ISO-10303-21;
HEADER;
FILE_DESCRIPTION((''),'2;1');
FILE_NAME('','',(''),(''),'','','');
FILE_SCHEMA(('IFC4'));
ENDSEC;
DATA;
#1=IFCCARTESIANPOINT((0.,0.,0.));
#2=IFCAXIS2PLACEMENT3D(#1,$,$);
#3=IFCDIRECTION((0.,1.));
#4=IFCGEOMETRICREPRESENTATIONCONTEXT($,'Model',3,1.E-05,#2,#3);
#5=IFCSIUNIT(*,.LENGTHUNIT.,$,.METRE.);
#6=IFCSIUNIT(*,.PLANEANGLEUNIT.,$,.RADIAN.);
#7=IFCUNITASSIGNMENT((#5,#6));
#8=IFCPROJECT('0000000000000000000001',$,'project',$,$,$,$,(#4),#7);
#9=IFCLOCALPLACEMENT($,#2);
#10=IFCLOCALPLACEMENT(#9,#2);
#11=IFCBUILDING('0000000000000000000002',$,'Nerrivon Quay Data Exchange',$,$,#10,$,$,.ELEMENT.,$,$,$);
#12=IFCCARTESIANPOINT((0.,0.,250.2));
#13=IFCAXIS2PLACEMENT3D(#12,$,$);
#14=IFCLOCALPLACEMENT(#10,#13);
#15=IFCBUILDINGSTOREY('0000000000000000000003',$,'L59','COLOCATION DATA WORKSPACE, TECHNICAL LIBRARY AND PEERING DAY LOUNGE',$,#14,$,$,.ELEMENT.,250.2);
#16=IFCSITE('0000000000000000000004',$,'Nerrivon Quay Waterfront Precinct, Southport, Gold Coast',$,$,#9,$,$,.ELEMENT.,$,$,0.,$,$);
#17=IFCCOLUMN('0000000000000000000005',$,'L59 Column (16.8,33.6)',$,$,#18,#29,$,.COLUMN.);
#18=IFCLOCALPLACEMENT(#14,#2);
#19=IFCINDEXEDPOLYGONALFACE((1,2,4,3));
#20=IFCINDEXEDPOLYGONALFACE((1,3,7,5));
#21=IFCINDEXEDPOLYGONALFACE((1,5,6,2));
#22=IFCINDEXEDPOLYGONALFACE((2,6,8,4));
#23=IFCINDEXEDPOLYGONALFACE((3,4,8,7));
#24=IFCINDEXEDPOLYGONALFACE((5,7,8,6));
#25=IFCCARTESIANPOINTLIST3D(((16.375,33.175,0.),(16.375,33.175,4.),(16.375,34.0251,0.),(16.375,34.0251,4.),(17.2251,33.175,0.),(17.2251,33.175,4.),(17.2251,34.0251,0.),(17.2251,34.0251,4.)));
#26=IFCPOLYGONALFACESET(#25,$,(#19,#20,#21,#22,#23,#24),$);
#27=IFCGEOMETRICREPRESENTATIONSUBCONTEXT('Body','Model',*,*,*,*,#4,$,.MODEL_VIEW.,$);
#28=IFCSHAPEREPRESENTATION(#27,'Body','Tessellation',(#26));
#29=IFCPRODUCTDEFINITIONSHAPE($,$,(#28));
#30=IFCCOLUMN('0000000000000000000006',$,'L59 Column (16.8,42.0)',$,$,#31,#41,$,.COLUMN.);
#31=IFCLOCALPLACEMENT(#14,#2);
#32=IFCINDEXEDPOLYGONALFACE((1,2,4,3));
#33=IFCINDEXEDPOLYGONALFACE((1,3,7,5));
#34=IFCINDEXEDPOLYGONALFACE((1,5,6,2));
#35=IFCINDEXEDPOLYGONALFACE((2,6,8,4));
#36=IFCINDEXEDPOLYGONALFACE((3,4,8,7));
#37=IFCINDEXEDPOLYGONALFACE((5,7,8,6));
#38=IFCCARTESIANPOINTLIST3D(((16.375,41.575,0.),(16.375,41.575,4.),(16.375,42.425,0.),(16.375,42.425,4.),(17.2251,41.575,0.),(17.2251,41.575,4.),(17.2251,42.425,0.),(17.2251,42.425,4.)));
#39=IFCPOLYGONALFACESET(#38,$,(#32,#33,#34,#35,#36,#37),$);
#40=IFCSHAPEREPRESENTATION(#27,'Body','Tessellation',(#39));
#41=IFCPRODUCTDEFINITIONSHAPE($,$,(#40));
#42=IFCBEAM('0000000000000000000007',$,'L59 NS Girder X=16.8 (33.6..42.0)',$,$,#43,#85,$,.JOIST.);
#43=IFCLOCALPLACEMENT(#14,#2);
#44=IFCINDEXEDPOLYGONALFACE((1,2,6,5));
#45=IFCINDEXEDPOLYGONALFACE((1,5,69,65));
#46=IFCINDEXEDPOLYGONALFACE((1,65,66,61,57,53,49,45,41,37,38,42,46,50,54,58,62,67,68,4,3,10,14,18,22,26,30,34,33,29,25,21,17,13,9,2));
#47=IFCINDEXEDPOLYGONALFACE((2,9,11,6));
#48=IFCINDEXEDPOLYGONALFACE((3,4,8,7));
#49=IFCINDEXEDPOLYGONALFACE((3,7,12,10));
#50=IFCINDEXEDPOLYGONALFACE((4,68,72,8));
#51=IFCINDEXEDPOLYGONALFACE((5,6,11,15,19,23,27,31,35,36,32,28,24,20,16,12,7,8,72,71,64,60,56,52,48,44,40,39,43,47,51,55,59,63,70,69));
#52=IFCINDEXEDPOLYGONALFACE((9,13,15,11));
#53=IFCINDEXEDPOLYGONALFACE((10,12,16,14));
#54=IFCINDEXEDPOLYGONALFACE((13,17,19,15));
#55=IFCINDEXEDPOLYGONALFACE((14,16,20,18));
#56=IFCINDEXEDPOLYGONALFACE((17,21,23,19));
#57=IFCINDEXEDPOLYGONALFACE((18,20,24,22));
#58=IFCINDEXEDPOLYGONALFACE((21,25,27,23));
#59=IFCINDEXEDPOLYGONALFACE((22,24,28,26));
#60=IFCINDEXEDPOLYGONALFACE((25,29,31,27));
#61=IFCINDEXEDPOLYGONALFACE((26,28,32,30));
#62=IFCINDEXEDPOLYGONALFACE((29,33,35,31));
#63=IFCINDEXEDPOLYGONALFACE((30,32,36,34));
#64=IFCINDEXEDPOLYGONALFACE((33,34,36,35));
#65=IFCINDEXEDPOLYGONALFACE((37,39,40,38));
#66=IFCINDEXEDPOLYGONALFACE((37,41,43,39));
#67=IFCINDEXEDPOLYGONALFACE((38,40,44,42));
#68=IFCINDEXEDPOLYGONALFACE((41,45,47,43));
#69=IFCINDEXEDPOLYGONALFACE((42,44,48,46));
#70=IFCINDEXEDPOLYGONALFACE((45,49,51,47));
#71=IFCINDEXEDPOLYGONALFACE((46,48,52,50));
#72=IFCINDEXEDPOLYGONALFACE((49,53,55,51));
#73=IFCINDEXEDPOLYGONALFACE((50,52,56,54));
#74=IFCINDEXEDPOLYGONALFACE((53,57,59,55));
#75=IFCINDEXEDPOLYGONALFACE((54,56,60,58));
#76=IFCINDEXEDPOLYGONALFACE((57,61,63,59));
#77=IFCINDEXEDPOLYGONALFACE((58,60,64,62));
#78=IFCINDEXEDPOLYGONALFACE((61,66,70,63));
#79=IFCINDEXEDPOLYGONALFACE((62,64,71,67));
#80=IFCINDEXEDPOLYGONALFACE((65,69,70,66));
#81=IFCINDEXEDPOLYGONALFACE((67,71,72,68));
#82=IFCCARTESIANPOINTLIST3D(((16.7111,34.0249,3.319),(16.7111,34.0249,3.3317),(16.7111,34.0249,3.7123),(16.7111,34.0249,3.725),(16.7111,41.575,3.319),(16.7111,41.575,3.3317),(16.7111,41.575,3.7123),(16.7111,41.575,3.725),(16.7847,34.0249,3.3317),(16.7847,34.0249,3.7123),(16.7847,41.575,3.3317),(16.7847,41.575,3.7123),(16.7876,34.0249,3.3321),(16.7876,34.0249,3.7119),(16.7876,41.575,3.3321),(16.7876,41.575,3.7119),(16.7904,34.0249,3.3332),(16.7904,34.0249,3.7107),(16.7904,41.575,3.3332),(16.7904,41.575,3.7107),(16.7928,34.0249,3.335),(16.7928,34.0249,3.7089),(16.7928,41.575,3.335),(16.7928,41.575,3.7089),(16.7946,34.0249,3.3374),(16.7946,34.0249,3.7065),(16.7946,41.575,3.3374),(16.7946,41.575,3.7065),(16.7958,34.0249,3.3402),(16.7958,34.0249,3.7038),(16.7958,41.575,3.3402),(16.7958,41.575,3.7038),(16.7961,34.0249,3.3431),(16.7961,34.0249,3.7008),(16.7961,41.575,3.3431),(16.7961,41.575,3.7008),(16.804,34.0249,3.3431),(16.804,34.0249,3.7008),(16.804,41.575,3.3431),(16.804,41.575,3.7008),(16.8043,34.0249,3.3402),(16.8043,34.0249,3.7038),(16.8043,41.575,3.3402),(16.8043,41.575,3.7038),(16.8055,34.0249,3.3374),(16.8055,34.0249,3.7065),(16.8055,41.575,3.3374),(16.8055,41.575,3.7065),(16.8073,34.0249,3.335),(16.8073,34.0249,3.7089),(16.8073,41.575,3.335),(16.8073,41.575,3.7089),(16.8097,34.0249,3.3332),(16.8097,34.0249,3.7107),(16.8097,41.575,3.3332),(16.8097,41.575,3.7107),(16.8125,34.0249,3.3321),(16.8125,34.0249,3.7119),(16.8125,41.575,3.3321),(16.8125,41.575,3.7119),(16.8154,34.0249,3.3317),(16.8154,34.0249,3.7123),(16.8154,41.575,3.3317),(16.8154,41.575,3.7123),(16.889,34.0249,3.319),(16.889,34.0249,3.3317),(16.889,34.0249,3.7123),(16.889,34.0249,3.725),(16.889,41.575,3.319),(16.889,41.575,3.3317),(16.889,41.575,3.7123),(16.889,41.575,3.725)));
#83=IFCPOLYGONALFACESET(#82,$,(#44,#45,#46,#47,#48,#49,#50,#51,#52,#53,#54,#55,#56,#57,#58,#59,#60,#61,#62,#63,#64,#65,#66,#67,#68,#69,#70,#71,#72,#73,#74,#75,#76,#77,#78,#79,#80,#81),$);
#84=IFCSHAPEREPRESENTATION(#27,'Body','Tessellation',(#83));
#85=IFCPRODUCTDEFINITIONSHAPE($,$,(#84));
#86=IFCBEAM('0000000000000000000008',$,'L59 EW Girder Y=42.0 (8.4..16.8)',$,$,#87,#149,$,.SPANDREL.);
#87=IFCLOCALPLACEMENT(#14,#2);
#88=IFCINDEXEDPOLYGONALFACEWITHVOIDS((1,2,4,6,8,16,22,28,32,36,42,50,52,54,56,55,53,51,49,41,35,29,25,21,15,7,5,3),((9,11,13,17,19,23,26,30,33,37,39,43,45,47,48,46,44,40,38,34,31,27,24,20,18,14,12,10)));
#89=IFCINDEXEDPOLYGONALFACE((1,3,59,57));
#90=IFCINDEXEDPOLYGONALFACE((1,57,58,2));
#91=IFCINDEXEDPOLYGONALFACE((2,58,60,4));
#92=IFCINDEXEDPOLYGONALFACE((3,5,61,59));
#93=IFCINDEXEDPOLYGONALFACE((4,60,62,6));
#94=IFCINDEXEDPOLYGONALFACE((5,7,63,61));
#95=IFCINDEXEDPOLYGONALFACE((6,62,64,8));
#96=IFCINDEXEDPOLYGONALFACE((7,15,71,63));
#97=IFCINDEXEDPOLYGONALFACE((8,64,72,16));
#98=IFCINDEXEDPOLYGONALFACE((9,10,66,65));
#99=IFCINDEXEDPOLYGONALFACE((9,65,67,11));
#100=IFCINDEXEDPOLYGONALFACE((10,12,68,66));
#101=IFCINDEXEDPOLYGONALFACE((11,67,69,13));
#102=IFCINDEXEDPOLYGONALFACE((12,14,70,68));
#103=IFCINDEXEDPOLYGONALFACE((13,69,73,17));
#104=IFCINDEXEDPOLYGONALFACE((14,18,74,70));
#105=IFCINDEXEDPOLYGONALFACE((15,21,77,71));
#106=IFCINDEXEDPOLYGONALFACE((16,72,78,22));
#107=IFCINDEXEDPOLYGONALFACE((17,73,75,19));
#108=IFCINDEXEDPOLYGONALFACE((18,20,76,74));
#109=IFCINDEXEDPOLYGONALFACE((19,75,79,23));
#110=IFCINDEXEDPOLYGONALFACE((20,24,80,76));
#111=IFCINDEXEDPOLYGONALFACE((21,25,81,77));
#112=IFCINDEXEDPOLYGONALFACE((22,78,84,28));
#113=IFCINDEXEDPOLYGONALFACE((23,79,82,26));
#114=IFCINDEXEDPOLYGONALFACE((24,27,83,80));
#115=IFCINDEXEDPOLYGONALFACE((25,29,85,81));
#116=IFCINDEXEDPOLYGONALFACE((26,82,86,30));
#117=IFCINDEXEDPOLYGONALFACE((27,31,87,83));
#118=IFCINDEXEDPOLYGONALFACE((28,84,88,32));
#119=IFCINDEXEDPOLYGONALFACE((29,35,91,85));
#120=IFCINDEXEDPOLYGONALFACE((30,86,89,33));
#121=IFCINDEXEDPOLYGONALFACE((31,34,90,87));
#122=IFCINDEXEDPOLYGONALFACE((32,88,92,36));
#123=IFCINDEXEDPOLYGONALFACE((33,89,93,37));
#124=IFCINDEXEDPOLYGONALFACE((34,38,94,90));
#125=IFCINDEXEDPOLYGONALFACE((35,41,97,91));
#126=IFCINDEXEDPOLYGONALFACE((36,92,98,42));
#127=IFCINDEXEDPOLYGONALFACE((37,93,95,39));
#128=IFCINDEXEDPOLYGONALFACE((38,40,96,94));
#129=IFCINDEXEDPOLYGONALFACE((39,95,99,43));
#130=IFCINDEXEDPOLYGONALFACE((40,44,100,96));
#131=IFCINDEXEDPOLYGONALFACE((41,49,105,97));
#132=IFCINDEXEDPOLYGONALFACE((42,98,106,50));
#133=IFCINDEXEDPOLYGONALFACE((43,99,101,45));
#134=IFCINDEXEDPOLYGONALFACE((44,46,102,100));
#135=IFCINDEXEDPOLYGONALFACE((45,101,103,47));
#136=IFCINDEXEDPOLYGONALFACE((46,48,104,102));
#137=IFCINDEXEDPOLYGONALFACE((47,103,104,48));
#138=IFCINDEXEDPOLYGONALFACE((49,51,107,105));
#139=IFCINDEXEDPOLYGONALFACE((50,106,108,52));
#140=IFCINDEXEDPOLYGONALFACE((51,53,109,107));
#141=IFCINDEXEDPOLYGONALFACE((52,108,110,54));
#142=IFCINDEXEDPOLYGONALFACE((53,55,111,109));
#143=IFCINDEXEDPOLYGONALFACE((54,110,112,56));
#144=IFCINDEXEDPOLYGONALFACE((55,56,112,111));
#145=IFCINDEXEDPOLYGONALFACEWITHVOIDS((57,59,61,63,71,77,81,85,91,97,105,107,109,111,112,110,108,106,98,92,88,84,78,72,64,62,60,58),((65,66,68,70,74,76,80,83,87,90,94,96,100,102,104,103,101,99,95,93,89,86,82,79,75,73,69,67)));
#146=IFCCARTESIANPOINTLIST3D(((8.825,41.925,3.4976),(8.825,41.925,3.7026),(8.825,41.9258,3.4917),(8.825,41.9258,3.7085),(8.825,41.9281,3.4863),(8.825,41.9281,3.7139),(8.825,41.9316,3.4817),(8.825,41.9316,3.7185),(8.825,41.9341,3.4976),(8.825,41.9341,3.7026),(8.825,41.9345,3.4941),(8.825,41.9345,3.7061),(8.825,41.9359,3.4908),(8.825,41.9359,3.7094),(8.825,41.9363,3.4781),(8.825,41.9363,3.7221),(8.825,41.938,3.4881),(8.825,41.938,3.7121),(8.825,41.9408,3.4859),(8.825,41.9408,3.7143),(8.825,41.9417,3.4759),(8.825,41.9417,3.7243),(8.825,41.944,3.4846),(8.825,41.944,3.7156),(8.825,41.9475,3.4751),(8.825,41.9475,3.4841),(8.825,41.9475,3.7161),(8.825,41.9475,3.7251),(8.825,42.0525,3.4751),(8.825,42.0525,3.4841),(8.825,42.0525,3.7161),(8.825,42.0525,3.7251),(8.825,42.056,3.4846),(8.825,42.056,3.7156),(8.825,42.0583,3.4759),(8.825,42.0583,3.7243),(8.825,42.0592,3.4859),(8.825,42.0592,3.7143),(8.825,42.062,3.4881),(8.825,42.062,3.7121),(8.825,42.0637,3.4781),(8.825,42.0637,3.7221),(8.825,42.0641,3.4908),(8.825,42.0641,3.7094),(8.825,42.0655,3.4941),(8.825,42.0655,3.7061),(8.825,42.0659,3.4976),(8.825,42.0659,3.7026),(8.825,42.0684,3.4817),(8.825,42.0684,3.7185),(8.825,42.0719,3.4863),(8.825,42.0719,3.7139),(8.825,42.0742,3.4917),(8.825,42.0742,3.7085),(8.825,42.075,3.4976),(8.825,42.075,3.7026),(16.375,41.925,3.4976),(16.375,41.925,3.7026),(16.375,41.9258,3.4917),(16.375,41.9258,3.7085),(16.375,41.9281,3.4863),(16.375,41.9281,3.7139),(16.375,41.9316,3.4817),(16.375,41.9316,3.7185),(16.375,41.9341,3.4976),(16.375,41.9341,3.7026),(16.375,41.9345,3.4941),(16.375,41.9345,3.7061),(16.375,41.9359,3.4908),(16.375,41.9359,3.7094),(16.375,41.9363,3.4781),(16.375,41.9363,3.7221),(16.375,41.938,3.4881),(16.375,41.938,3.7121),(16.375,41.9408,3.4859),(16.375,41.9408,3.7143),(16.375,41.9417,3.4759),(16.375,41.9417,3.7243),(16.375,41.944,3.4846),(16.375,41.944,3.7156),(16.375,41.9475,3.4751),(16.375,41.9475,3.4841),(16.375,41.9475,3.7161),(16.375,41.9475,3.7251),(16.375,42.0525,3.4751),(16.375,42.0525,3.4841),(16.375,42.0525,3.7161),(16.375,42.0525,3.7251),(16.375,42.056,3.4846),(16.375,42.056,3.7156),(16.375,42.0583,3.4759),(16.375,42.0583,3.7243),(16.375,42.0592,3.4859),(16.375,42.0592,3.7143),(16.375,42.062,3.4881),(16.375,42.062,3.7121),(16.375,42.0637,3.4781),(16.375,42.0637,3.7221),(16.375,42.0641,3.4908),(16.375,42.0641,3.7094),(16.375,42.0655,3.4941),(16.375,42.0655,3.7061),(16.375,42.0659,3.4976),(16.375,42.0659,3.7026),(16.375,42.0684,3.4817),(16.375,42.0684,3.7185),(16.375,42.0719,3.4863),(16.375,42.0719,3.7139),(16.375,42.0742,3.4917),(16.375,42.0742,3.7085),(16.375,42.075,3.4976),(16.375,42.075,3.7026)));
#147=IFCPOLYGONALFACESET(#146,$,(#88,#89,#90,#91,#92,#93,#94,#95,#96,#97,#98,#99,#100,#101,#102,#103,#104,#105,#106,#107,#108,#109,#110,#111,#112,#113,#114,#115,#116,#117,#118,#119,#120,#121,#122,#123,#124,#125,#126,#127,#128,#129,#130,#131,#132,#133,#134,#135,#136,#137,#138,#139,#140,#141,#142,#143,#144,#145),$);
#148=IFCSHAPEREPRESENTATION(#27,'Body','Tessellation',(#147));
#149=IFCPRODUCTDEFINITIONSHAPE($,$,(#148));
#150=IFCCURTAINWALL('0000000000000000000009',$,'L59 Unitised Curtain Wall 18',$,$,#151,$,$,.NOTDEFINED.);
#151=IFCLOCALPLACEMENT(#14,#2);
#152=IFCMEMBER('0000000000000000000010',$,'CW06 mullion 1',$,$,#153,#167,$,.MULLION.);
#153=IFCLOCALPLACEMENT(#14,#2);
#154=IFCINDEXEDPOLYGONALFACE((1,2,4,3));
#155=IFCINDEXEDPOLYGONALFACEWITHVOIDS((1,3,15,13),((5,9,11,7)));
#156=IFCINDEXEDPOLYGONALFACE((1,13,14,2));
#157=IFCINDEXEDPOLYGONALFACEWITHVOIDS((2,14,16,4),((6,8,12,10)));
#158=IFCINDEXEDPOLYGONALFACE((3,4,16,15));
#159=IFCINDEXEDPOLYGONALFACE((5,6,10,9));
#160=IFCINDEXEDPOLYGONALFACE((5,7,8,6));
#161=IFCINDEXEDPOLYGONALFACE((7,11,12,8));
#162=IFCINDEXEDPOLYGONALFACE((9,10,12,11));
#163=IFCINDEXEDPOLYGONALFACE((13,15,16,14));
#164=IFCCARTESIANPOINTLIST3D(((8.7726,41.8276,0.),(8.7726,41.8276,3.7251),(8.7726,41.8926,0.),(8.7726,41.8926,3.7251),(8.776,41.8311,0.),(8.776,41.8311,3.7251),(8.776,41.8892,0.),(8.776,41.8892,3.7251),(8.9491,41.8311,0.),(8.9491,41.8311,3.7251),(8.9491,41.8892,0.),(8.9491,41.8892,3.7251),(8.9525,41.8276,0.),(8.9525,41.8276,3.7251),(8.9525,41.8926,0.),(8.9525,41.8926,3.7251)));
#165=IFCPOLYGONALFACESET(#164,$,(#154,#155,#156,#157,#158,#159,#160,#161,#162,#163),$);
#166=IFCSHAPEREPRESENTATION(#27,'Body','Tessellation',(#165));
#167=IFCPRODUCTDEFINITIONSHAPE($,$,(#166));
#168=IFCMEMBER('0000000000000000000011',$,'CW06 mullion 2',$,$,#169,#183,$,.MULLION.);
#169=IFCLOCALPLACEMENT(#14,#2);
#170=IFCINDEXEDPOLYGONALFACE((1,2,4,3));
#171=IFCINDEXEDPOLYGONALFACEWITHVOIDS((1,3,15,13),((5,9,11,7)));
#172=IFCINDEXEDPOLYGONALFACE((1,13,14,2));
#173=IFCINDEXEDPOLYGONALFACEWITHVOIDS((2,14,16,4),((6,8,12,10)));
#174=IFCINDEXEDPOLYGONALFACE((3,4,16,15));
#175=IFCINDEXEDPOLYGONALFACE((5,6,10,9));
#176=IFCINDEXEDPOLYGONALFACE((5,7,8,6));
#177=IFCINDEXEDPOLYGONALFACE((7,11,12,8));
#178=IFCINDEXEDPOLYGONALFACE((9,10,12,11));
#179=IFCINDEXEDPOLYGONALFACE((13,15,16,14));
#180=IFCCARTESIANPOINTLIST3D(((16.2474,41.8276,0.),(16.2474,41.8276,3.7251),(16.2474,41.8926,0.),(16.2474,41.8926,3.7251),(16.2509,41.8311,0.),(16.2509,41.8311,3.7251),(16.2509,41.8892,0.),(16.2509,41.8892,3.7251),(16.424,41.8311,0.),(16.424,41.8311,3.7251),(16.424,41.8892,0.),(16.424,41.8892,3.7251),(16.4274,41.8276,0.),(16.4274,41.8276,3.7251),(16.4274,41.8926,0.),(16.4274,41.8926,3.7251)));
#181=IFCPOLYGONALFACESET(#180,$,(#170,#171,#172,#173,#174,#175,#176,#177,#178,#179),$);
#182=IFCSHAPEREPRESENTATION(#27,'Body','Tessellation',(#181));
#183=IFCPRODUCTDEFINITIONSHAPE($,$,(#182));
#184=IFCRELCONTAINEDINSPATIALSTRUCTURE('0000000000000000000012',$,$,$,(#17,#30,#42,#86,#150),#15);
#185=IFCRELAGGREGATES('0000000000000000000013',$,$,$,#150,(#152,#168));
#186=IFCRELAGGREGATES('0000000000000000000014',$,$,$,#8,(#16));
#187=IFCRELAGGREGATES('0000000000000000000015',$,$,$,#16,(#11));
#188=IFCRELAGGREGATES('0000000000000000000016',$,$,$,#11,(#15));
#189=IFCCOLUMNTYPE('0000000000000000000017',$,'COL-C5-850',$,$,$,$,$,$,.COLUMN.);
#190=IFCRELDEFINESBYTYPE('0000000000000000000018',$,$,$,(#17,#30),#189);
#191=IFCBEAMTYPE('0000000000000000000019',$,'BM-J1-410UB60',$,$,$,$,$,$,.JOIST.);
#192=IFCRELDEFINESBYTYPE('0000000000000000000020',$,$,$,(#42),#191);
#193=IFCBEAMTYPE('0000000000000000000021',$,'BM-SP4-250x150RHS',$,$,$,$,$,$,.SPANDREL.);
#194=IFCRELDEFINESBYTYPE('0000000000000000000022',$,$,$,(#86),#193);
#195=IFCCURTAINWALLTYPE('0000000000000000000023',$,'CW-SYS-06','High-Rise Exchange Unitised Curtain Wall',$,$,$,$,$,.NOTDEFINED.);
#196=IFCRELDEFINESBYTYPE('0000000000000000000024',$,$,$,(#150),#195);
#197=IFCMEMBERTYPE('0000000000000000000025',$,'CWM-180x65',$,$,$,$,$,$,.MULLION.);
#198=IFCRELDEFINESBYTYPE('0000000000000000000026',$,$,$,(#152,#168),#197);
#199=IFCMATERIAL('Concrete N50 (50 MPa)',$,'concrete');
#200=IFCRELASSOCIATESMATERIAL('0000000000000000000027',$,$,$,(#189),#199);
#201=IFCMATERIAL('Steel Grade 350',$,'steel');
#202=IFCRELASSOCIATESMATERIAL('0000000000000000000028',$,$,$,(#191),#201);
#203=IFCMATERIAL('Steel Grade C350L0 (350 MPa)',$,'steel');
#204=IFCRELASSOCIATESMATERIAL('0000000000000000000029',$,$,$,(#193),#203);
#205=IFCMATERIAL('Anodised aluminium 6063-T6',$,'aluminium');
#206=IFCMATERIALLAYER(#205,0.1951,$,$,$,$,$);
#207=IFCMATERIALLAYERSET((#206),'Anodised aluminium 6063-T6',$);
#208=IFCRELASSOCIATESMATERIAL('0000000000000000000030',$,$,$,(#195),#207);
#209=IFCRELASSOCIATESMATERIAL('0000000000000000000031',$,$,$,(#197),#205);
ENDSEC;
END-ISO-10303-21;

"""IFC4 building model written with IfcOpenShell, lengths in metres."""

from ifc_helpers import new_model, si_unit, direction, frame, origin, origin_2d, place, context, subcontext, project, spatial, rectangle, hollow_rectangle, i_section, extrude, material, layer, layer_set, material_profile, profile_set, type_object, element, aggregate, save


model = new_model("IFC4")

# Units and contexts
model_context = context("Model", 3, precision=1e-05, world=origin(), true_north=direction((0.0, 1.0)))
body_context = subcontext(model_context, "Body", "Model", "MODEL_VIEW")
ifc_project = project(units=[si_unit("LENGTHUNIT", "METRE"), si_unit("PLANEANGLEUNIT", "RADIAN")], contexts=[model_context])

# Site, building, storey
site_placement = place(None, origin())
site = spatial("IfcSite", under=ifc_project, at=site_placement, Name="Nerrivon Quay Waterfront Precinct, Southport, Gold Coast", CompositionType="ELEMENT", RefElevation=0.0)
building_placement = place(site_placement, origin())
building = spatial("IfcBuilding", under=site, at=building_placement, Name="Nerrivon Quay Data Exchange", CompositionType="ELEMENT")
storey_placement = place(building_placement, frame((0.0, 0.0, 250.2)))
storey = spatial("IfcBuildingStorey", under=building, at=storey_placement, Name="L59", Description="COLOCATION DATA WORKSPACE, TECHNICAL LIBRARY AND PEERING DAY LOUNGE", CompositionType="ELEMENT", Elevation=250.2)

# Columns
ifc_material_1 = material(Name="Concrete N50 (50 MPa)", Category="concrete")
ifc_material_profile_1 = material_profile(ifc_material_1, rectangle(XDim=0.8501, YDim=0.8501, at=origin_2d()), Name="RC-COL-850x850")
ifc_profile_set_1 = profile_set([ifc_material_profile_1], Name="Concrete N50 (50 MPa)")
column_type = type_object("IfcColumnType", Name="COL-C5-850", PredefinedType="COLUMN", material=ifc_profile_set_1)
for number, where, z_axis, x_axis, name in (
    (1, (16.8, 33.6001, 0.0), (0.0, 0.0, 1.0), (1.0, 0.0, 0.0), "L59 Column (16.8,33.6)"),
    (2, (16.8, 42.0, 0.0), (0.0, 0.0, 1.0), (1.0, 0.0, 0.0), "L59 Column (16.8,42.0)"),
):
    element("IfcColumn", number, at=place(storey_placement, frame(where, z_axis=z_axis, x_axis=x_axis)), inside=storey, type_object=column_type, Name=name, PredefinedType="COLUMN", context=body_context, shape_type="SweptSolid", body=[
        extrude(rectangle(XDim=0.8501, YDim=0.8501, at=origin_2d()), origin(), (0.0, 0.0, 1.0), 4.0),
    ])

# Beams
ifc_material_2 = material(Name="Steel Grade 350", Category="steel")
ifc_material_profile_2 = material_profile(ifc_material_2, i_section(OverallWidth=0.178, OverallDepth=0.406, WebThickness=0.0078, FlangeThickness=0.0127, FilletRadius=0.0115, at=origin_2d()), Name="410UB59.7")
ifc_profile_set_2 = profile_set([ifc_material_profile_2], Name="Steel Grade 350")
beam_type_1 = type_object("IfcBeamType", Name="BM-J1-410UB60", PredefinedType="JOIST", material=ifc_profile_set_2)
beam_1_placement = place(storey_placement, frame((16.8, 34.0249, 3.522), z_axis=(0.0, 1.0, 0.0), x_axis=(-1.0, 0.0, 0.0)))
element("IfcBeam", 3, at=beam_1_placement, inside=storey, type_object=beam_type_1, Name="L59 NS Girder X=16.8 (33.6..42.0)", PredefinedType="JOIST", context=body_context, shape_type="SweptSolid", body=[
    extrude(i_section(OverallWidth=0.178, OverallDepth=0.406, WebThickness=0.0078, FlangeThickness=0.0127, FilletRadius=0.0115, at=origin_2d()), origin(), (0.0, 0.0, 1.0), 7.55),
])
ifc_material_3 = material(Name="Steel Grade C350L0 (350 MPa)", Category="steel")
ifc_material_profile_3 = material_profile(ifc_material_3, hollow_rectangle(XDim=0.1499, YDim=0.25, WallThickness=0.009, InnerFilletRadius=0.0134, OuterFilletRadius=0.0225, at=origin_2d()), Name="250x150x9.0RHS")
ifc_profile_set_3 = profile_set([ifc_material_profile_3], Name="Steel Grade C350L0 (350 MPa)")
beam_type_2 = type_object("IfcBeamType", Name="BM-SP4-250x150RHS", PredefinedType="SPANDREL", material=ifc_profile_set_3)
beam_2_placement = place(storey_placement, frame((8.825, 42.0, 3.6001), z_axis=(1.0, 0.0, 0.0), x_axis=(0.0, 1.0, 0.0)))
element("IfcBeam", 4, at=beam_2_placement, inside=storey, type_object=beam_type_2, Name="L59 EW Girder Y=42.0 (8.4..16.8)", PredefinedType="SPANDREL", context=body_context, shape_type="SweptSolid", body=[
    extrude(hollow_rectangle(XDim=0.1499, YDim=0.25, WallThickness=0.009, InnerFilletRadius=0.0134, OuterFilletRadius=0.0225, at=origin_2d()), origin(), (0.0, 0.0, 1.0), 7.55),
])

# Curtain wall, members
ifc_material_4 = material(Name="Anodised aluminium 6063-T6", Category="aluminium")
ifc_layer_1 = layer(ifc_material_4, 0.1951)
ifc_layer_set_1 = layer_set([ifc_layer_1], Name="Anodised aluminium 6063-T6")
curtain_wall_type = type_object("IfcCurtainWallType", Name="CW-SYS-06", Description="High-Rise Exchange Unitised Curtain Wall", PredefinedType="NOTDEFINED", material=ifc_layer_set_1)
curtain_wall_placement = place(storey_placement, origin())
curtain_wall = element("IfcCurtainWall", 5, at=curtain_wall_placement, inside=storey, type_object=curtain_wall_type, Name="L59 Unitised Curtain Wall 18", PredefinedType="NOTDEFINED")
ifc_material_profile_4 = material_profile(ifc_material_4, hollow_rectangle(XDim=0.0649, YDim=0.1799, WallThickness=0.0034, at=origin_2d()), Name="ALU-MULL-180x65")
ifc_profile_set_4 = profile_set([ifc_material_profile_4], Name="Anodised aluminium 6063-T6")
member_type_1 = type_object("IfcMemberType", Name="CWM-180x65", PredefinedType="MULLION", material=ifc_profile_set_4)
member_1_placement = place(storey_placement, frame((8.8625, 41.8601, 0.0), z_axis=(0.0, 0.0, 1.0), x_axis=(0.0, 1.0, 0.0)))
member_1 = element("IfcMember", 6, at=member_1_placement, type_object=member_type_1, Name="CW06 mullion 1", PredefinedType="MULLION", context=body_context, shape_type="SweptSolid", body=[
    extrude(hollow_rectangle(XDim=0.0649, YDim=0.1799, WallThickness=0.0034, at=origin_2d()), origin(), (0.0, 0.0, 1.0), 3.7251),
])
member_2_placement = place(storey_placement, frame((16.3374, 41.8601, 0.0), z_axis=(0.0, 0.0, 1.0), x_axis=(0.0, 1.0, 0.0)))
member_2 = element("IfcMember", 7, at=member_2_placement, type_object=member_type_1, Name="CW06 mullion 2", PredefinedType="MULLION", context=body_context, shape_type="SweptSolid", body=[
    extrude(hollow_rectangle(XDim=0.0649, YDim=0.1799, WallThickness=0.0034, at=origin_2d()), origin(), (0.0, 0.0, 1.0), 3.7251),
])
aggregate(curtain_wall, [member_1, member_2])

save(model, "model.ifc")
